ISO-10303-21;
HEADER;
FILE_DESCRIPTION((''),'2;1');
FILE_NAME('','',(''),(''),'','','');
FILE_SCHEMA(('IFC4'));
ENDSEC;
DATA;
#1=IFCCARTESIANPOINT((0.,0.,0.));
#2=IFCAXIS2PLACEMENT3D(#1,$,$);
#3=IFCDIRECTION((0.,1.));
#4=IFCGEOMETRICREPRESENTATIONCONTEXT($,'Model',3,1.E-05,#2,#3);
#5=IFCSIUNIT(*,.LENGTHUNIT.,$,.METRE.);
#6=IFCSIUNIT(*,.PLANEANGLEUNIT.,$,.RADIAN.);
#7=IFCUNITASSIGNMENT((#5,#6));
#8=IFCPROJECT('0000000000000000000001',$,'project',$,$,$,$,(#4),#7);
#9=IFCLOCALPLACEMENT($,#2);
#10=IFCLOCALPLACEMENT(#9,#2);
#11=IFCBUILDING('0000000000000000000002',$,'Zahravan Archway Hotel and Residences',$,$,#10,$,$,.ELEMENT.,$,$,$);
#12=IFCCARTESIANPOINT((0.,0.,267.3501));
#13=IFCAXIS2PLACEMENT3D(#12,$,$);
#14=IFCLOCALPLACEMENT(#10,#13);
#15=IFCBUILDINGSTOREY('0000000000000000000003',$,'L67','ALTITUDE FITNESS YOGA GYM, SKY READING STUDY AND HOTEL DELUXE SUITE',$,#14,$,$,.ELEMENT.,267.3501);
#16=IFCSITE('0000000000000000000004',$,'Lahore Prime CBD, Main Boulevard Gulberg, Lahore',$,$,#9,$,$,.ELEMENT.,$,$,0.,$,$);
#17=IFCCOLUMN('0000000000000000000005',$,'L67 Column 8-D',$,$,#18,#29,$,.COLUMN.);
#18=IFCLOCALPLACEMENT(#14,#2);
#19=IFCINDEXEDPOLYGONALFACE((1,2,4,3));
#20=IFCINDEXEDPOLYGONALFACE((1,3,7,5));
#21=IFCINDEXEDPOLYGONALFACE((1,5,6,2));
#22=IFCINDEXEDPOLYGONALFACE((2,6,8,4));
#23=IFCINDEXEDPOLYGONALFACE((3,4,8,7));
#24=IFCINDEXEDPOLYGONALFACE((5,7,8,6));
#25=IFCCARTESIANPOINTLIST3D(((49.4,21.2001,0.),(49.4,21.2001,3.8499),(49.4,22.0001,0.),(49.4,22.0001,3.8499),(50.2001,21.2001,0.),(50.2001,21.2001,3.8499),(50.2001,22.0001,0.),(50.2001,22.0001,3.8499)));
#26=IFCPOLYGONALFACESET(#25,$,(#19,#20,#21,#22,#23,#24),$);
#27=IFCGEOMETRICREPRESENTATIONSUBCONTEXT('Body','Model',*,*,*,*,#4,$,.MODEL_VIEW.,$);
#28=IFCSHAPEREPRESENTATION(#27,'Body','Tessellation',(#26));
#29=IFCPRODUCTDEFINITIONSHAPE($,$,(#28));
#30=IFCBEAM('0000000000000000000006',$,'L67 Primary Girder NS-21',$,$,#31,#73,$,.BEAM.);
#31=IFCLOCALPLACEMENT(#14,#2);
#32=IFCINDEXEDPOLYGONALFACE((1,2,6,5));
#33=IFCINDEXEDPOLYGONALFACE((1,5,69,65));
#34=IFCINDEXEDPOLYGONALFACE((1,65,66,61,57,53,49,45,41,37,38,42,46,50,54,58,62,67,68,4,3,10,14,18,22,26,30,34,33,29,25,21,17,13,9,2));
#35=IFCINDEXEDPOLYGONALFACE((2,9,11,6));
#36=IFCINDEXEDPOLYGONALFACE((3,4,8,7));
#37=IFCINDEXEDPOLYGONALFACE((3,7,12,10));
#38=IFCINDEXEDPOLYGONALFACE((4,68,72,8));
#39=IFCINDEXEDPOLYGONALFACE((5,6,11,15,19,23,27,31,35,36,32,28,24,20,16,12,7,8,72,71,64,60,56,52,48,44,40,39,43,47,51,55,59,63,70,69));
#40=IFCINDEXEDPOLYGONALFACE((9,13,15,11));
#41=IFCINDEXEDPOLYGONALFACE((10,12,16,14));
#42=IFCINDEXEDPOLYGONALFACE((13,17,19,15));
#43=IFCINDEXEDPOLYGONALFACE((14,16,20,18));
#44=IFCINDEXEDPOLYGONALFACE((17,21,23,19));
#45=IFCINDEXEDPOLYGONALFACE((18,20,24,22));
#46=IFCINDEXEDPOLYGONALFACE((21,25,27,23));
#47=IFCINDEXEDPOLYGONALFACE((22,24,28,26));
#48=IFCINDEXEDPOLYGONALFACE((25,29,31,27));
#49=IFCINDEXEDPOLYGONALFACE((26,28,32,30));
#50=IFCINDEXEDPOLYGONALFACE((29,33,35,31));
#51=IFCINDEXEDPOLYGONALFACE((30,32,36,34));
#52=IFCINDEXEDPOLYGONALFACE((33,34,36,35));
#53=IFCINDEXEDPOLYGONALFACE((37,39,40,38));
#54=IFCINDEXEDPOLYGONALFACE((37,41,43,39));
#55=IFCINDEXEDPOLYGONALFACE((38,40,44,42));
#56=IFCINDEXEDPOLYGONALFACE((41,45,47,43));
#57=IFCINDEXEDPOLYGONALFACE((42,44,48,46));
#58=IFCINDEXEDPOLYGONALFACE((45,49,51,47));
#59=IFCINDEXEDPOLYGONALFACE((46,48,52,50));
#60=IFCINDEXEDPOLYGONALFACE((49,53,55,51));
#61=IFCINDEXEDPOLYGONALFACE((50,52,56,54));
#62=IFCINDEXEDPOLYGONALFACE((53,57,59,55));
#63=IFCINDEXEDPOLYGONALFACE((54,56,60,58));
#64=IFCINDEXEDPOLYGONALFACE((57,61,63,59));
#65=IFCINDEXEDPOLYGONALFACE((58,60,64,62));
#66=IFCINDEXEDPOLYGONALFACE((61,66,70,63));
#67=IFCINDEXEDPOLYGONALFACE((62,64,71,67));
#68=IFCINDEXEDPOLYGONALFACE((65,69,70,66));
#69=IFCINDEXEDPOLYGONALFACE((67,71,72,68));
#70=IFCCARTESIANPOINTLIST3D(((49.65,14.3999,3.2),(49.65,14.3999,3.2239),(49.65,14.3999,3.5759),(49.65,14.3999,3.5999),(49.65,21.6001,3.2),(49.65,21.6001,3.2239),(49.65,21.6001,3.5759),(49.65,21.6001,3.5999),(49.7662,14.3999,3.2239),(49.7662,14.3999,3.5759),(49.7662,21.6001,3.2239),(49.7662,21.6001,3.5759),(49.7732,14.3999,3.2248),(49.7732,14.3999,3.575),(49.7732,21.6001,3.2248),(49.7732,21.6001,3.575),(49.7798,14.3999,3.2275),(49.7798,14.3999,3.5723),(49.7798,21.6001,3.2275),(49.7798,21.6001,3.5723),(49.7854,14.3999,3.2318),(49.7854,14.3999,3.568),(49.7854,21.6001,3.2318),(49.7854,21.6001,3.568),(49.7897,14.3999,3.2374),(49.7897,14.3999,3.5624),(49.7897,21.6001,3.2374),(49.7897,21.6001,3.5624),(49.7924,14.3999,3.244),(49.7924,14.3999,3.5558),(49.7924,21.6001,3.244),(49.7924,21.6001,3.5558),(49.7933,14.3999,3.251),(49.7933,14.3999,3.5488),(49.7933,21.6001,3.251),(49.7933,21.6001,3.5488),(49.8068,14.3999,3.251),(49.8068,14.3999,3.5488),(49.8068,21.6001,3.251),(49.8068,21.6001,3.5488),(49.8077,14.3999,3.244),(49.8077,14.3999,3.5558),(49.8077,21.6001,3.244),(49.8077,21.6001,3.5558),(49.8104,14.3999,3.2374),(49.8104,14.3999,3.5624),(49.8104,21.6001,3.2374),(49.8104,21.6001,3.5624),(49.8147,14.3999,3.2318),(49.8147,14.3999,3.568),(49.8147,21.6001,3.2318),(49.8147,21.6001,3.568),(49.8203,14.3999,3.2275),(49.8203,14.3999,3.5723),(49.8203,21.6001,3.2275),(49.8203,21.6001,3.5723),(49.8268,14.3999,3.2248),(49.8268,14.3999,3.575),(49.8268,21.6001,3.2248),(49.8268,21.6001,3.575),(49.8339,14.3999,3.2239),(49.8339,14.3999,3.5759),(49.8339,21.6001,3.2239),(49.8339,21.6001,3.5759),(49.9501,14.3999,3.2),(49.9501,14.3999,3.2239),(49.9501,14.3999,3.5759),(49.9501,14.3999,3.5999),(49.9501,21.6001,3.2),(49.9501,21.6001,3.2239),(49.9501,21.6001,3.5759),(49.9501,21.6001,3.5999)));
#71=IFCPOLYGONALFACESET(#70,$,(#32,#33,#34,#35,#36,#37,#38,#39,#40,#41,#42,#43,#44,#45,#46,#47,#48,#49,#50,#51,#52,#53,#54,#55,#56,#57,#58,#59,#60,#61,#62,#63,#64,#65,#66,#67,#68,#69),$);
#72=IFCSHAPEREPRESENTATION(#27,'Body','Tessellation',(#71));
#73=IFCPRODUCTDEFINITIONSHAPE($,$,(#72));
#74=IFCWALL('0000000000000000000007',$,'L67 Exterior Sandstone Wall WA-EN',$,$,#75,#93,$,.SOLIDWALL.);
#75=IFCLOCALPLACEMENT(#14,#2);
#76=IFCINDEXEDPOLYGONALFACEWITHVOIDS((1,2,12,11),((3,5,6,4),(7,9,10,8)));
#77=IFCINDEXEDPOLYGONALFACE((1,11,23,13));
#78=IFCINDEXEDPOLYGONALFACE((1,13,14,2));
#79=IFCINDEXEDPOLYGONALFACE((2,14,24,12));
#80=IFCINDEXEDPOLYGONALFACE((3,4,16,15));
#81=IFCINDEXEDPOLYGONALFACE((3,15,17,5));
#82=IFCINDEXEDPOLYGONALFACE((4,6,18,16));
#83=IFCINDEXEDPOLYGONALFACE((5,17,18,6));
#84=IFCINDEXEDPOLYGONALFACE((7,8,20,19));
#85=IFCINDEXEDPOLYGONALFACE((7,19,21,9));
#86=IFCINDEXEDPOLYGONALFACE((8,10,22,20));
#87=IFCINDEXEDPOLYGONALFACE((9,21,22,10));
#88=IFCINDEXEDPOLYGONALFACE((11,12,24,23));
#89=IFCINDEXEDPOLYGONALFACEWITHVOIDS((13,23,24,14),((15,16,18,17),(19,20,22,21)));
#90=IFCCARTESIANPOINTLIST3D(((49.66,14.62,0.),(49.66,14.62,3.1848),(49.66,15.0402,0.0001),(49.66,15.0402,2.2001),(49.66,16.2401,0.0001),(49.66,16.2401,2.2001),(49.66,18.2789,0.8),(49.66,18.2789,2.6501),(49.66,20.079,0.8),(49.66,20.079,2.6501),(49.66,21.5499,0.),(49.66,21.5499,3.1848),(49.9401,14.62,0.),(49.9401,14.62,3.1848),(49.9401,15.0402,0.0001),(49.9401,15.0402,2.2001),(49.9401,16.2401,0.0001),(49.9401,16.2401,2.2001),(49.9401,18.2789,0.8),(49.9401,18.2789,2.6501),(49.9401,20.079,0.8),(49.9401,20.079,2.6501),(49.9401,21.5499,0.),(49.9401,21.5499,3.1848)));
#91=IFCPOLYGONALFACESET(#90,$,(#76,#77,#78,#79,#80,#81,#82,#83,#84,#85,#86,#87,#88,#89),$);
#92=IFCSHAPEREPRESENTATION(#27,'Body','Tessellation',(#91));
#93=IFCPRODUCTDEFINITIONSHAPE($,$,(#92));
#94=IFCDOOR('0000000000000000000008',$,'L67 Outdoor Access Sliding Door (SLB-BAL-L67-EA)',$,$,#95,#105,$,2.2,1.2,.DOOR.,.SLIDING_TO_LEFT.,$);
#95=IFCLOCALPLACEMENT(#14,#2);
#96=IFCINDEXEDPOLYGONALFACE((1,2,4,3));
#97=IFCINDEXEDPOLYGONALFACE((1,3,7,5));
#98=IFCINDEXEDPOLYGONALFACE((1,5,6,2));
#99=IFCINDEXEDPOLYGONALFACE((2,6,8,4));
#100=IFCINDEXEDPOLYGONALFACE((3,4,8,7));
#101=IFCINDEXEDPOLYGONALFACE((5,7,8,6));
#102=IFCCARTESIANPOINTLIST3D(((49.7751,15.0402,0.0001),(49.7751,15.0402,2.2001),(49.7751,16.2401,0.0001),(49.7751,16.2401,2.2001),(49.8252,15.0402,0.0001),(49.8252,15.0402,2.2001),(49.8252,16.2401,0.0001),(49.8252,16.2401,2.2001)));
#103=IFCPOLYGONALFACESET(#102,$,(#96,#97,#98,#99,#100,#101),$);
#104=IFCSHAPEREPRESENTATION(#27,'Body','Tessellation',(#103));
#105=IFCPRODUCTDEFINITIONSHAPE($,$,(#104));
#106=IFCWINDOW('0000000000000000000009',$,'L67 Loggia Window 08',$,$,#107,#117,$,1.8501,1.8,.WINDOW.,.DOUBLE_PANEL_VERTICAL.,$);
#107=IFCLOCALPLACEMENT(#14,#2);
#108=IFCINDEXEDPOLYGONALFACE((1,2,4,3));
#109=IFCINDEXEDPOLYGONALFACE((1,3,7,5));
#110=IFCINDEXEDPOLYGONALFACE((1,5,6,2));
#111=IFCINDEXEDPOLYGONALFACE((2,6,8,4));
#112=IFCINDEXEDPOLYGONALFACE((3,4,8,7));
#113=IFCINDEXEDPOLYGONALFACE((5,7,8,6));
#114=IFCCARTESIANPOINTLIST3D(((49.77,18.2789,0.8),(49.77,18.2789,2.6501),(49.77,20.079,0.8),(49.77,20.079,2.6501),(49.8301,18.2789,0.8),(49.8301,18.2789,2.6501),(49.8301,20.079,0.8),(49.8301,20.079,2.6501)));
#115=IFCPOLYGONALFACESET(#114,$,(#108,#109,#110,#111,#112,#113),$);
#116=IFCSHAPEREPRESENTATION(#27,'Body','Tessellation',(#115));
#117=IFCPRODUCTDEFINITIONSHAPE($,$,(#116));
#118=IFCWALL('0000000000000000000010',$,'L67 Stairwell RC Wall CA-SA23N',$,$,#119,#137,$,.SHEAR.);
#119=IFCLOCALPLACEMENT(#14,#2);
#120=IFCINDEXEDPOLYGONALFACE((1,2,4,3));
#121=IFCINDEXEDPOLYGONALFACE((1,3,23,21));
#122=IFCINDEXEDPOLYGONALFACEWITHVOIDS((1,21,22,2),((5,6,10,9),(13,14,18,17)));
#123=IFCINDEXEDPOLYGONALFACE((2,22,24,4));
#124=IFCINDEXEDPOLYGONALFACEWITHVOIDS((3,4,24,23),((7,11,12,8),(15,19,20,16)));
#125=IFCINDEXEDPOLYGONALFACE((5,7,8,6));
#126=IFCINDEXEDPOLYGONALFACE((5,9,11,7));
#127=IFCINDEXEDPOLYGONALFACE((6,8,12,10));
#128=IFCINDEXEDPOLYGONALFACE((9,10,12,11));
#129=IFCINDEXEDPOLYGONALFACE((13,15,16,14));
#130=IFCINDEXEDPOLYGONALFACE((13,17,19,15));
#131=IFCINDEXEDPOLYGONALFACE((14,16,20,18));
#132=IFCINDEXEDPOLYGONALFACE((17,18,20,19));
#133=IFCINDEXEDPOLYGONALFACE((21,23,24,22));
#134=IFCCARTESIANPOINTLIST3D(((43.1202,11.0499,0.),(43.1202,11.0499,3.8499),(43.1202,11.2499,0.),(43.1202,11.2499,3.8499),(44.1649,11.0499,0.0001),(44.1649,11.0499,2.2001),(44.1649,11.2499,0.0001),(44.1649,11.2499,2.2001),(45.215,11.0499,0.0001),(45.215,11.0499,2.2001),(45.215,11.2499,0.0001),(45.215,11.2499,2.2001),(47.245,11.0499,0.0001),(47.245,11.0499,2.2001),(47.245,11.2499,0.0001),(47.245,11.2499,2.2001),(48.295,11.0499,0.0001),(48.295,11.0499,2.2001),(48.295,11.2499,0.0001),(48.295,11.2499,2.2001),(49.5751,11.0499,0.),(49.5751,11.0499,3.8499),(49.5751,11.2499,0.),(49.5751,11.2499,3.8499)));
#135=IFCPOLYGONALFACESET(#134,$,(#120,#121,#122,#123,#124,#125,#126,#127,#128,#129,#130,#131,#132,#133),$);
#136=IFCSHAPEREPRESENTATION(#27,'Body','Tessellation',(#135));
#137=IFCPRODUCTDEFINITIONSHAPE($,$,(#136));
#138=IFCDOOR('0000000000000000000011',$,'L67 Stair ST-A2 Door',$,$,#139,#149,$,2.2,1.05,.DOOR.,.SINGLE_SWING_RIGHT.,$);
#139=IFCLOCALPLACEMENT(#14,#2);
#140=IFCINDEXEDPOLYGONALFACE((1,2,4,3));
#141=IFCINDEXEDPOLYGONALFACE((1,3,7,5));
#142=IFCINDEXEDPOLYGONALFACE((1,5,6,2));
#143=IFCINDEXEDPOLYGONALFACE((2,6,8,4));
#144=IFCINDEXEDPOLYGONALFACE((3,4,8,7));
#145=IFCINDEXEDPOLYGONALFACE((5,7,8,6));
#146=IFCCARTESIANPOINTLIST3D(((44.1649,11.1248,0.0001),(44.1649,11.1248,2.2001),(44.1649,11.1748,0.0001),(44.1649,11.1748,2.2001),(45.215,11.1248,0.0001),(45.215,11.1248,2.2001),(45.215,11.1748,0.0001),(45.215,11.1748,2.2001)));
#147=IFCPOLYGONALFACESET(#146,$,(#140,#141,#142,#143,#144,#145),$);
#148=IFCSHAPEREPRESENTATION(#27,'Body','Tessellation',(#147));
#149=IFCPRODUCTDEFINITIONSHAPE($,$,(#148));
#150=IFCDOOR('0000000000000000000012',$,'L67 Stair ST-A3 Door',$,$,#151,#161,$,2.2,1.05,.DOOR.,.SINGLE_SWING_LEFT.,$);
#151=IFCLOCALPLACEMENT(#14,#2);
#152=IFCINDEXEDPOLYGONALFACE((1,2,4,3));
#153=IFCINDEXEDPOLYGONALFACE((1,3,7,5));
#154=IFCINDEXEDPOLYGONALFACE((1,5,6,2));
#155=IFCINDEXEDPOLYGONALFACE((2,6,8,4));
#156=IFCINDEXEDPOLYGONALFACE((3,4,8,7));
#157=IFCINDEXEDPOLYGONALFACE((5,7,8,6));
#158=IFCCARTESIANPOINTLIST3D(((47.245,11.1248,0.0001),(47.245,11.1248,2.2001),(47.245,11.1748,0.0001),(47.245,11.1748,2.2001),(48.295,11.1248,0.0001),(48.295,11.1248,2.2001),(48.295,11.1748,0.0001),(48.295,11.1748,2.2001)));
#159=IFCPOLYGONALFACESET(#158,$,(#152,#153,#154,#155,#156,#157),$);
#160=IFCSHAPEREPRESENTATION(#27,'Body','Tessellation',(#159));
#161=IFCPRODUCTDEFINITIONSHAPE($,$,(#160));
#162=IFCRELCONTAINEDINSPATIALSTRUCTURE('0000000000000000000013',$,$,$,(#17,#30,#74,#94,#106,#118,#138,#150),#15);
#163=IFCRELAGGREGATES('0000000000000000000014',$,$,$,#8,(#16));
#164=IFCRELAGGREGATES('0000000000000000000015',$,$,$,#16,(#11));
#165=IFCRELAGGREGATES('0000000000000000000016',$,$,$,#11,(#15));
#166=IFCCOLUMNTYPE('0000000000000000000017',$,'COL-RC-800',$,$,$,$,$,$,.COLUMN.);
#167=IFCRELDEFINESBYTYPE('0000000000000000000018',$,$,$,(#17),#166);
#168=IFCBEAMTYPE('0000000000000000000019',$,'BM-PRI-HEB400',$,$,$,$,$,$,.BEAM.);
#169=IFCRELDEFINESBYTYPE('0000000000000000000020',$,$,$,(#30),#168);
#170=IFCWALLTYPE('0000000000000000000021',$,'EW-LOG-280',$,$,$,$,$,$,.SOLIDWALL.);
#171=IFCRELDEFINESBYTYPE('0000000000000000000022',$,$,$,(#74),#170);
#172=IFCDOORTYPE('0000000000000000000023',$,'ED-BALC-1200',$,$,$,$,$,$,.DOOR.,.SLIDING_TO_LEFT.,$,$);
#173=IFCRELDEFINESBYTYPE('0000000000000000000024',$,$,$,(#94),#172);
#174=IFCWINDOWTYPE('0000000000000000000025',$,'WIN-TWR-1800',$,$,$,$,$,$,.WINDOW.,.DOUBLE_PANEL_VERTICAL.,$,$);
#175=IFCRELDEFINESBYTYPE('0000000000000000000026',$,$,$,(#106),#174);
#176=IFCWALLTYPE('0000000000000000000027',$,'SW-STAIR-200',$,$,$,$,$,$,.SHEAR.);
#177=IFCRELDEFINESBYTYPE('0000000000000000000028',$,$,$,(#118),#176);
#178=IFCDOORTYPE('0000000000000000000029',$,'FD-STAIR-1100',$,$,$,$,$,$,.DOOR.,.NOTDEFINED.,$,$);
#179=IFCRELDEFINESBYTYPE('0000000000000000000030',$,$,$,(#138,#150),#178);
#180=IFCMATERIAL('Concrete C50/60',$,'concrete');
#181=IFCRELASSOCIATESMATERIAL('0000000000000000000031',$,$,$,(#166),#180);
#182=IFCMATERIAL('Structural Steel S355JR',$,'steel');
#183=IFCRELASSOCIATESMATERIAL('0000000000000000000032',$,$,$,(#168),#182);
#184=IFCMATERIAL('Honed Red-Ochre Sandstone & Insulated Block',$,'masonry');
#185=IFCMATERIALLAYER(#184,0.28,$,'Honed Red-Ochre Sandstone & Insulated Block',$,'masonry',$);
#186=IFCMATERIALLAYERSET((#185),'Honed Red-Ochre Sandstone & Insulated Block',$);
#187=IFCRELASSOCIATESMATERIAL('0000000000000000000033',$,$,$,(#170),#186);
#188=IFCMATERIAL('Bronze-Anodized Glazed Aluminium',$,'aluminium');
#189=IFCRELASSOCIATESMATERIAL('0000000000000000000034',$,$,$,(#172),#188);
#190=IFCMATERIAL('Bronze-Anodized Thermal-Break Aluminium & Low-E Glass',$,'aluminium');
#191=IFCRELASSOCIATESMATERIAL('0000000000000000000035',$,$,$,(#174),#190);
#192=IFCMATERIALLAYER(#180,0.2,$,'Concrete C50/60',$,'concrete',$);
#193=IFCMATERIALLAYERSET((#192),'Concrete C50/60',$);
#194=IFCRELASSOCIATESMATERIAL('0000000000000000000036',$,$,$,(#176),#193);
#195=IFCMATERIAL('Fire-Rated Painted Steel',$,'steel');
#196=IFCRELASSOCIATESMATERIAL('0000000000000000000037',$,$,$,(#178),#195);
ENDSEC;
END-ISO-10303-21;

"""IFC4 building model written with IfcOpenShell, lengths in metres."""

from ifc_helpers import new_model, si_unit, direction, frame, frame_2d, origin, origin_2d, place, context, subcontext, project, spatial, rectangle, i_section, extrude, source, transform, mapped, material, layer, layer_set, material_profile, profile_set, type_object, type_shapes, element, fill, save


model = new_model("IFC4")

# Units and contexts
model_context = context("Model", 3, precision=1e-05, world=origin(), true_north=direction((0.0, 1.0)))
body_context = subcontext(model_context, "Body", "Model", "MODEL_VIEW")
ifc_project = project(units=[si_unit("LENGTHUNIT", "METRE"), si_unit("PLANEANGLEUNIT", "RADIAN")], contexts=[model_context])

# Site, building, storey
site_placement = place(None, origin())
site = spatial("IfcSite", under=ifc_project, at=site_placement, Name="Lahore Prime CBD, Main Boulevard Gulberg, Lahore", CompositionType="ELEMENT", RefElevation=0.0)
building_placement = place(site_placement, origin())
building = spatial("IfcBuilding", under=site, at=building_placement, Name="Zahravan Archway Hotel and Residences", CompositionType="ELEMENT")
storey_placement = place(building_placement, frame((0.0, 0.0, 267.3501)))
storey = spatial("IfcBuildingStorey", under=building, at=storey_placement, Name="L67", Description="ALTITUDE FITNESS YOGA GYM, SKY READING STUDY AND HOTEL DELUXE SUITE", CompositionType="ELEMENT", Elevation=267.3501)

# Column
ifc_material_1 = material(Name="Concrete C50/60", Category="concrete")
ifc_material_profile_1 = material_profile(ifc_material_1, rectangle(XDim=0.8, YDim=0.8, at=origin_2d()), Name="RC-COL-800x800", Category="concrete")
ifc_profile_set_1 = profile_set([ifc_material_profile_1], Name="Concrete C50/60")
column_type = type_object("IfcColumnType", Name="COL-RC-800", PredefinedType="COLUMN", material=ifc_profile_set_1)
shared_shape_1 = source(origin(), body_context, "Body", "SweptSolid", [
    extrude(rectangle(XDim=0.8, YDim=0.8, at=origin_2d()), origin(), (0.0, 0.0, 1.0), 3.8499),
])
column_placement = place(storey_placement, frame((49.8, 21.6001, 0.0), z_axis=(0.0, 0.0, 1.0), x_axis=(1.0, 0.0, 0.0)))
element("IfcColumn", 1, at=column_placement, inside=storey, type_object=column_type, Name="L67 Column 8-D", PredefinedType="COLUMN", context=body_context, shape_type="MappedRepresentation", body=[
    mapped(shared_shape_1, transform((0.0, 0.0, 0.0), scale=1.0)),
])

# Beam
ifc_material_2 = material(Name="Structural Steel S355JR", Category="steel")
ifc_material_profile_2 = material_profile(ifc_material_2, i_section(OverallWidth=0.3, OverallDepth=0.3999, WebThickness=0.0134, FlangeThickness=0.0239, FilletRadius=0.0271, at=origin_2d()), Name="HEB 400", Category="steel")
ifc_profile_set_2 = profile_set([ifc_material_profile_2], Name="Structural Steel S355JR")
beam_type = type_object("IfcBeamType", Name="BM-PRI-HEB400", PredefinedType="BEAM", material=ifc_profile_set_2)
shared_shape_2 = source(origin(), body_context, "Body", "SweptSolid", [
    extrude(i_section(OverallWidth=0.3, OverallDepth=0.3999, WebThickness=0.0134, FlangeThickness=0.0239, FilletRadius=0.0271, at=origin_2d()), origin(), (0.0, 0.0, 1.0), 7.2002),
])
beam_placement = place(storey_placement, frame((49.8, 14.3999, 3.3999), z_axis=(0.0, 1.0, 0.0), x_axis=(-1.0, 0.0, 0.0)))
element("IfcBeam", 2, at=beam_placement, inside=storey, type_object=beam_type, Name="L67 Primary Girder NS-21", PredefinedType="BEAM", context=body_context, shape_type="MappedRepresentation", body=[
    mapped(shared_shape_2, transform((0.0, 0.0, 0.0), scale=1.0)),
])

# Wall, openings, door, window
ifc_material_3 = material(Name="Honed Red-Ochre Sandstone & Insulated Block", Category="masonry")
ifc_layer_1 = layer(ifc_material_3, 0.28, Name="Honed Red-Ochre Sandstone & Insulated Block", Category="masonry")
ifc_layer_set_1 = layer_set([ifc_layer_1], Name="Honed Red-Ochre Sandstone & Insulated Block")
wall_type_1 = type_object("IfcWallType", Name="EW-LOG-280", PredefinedType="SOLIDWALL", material=ifc_layer_set_1)
wall_1_placement = place(storey_placement, frame((49.8, 14.6201, 0.0), z_axis=(0.0, 0.0, 1.0), x_axis=(0.0, 1.0, 0.0)))
wall_1 = element("IfcWall", 3, at=wall_1_placement, inside=storey, type_object=wall_type_1, Name="L67 Exterior Sandstone Wall WA-EN", PredefinedType="SOLIDWALL", context=body_context, shape_type="SweptSolid", body=[
    extrude(rectangle(XDim=6.9299, YDim=0.28, at=frame_2d((3.4648, 0.0))), origin(), (0.0, 0.0, 1.0), 3.1848),
])
opening_1_placement = place(wall_1_placement, frame((0.4199, 0.0, 0.0)))
opening_1 = element("IfcOpeningElement", 4, at=opening_1_placement, cuts=wall_1, PredefinedType="OPENING", context=body_context, shape_type="SweptSolid", body=[
    extrude(rectangle(XDim=1.2, YDim=2.2, at=frame_2d((0.6001, 1.1001))), frame((0.0, 0.1499, 0.0), z_axis=(0.0, -1.0, 0.0), x_axis=(1.0, 0.0, 0.0)), (0.0, 0.0, 1.0), 0.3),
])
opening_2_placement = place(wall_1_placement, frame((3.6589, 0.0, 0.8)))
opening_2 = element("IfcOpeningElement", 5, at=opening_2_placement, cuts=wall_1, PredefinedType="OPENING", context=body_context, shape_type="SweptSolid", body=[
    extrude(rectangle(XDim=1.8, YDim=1.8501, at=frame_2d((0.8999, 0.925))), frame((0.0, 0.1499, 0.0), z_axis=(0.0, -1.0, 0.0), x_axis=(1.0, 0.0, 0.0)), (0.0, 0.0, 1.0), 0.3),
])
ifc_material_4 = material(Name="Bronze-Anodized Glazed Aluminium", Category="aluminium")
door_type_1 = type_object("IfcDoorType", Name="ED-BALC-1200", OperationType="SLIDING_TO_LEFT", PredefinedType="DOOR", material=ifc_material_4)
shared_shape_3 = source(origin(), body_context, "Body", "SweptSolid", [
    extrude(rectangle(XDim=1.2, YDim=2.2, at=frame_2d((0.6001, 1.1001))), frame((0.0, 0.0249, 0.0), z_axis=(0.0, -1.0, 0.0), x_axis=(1.0, 0.0, 0.0)), (0.0, 0.0, 1.0), 0.05),
])
type_shapes(door_type_1, [shared_shape_3])
door_1_placement = place(opening_1_placement, origin())
door_1 = element("IfcDoor", 6, at=door_1_placement, inside=storey, type_object=door_type_1, Name="L67 Outdoor Access Sliding Door (SLB-BAL-L67-EA)", OperationType="SLIDING_TO_LEFT", OverallHeight=2.2, OverallWidth=1.2, PredefinedType="DOOR", context=body_context, shape_type="MappedRepresentation", body=[
    mapped(shared_shape_3, transform((0.0, 0.0, 0.0), scale=1.0)),
])
fill(opening_1, door_1)
ifc_material_5 = material(Name="Bronze-Anodized Thermal-Break Aluminium & Low-E Glass", Category="aluminium")
window_type = type_object("IfcWindowType", Name="WIN-TWR-1800", PartitioningType="DOUBLE_PANEL_VERTICAL", PredefinedType="WINDOW", material=ifc_material_5)
shared_shape_4 = source(origin(), body_context, "Body", "SweptSolid", [
    extrude(rectangle(XDim=1.8, YDim=1.8501, at=frame_2d((0.8999, 0.925))), frame((0.0, 0.03, 0.0), z_axis=(0.0, -1.0, 0.0), x_axis=(1.0, 0.0, 0.0)), (0.0, 0.0, 1.0), 0.0601),
])
type_shapes(window_type, [shared_shape_4])
window_placement = place(opening_2_placement, origin())
window = element("IfcWindow", 7, at=window_placement, inside=storey, type_object=window_type, Name="L67 Loggia Window 08", OverallHeight=1.8501, OverallWidth=1.8, PartitioningType="DOUBLE_PANEL_VERTICAL", PredefinedType="WINDOW", context=body_context, shape_type="MappedRepresentation", body=[
    mapped(shared_shape_4, transform((0.0, 0.0, 0.0), scale=1.0)),
])
fill(opening_2, window)

# Shared definitions
ifc_material_6 = material(Name="Fire-Rated Painted Steel", Category="steel")

# Wall, openings, doors
ifc_layer_2 = layer(ifc_material_1, 0.2, Name="Concrete C50/60", Category="concrete")
ifc_layer_set_2 = layer_set([ifc_layer_2], Name="Concrete C50/60")
wall_type_2 = type_object("IfcWallType", Name="SW-STAIR-200", PredefinedType="SHEAR", material=ifc_layer_set_2)
wall_2_placement = place(storey_placement, frame((43.1201, 11.1499, 0.0), z_axis=(0.0, 0.0, 1.0), x_axis=(1.0, 0.0, 0.0)))
wall_2 = element("IfcWall", 8, at=wall_2_placement, inside=storey, type_object=wall_type_2, Name="L67 Stairwell RC Wall CA-SA23N", PredefinedType="SHEAR", context=body_context, shape_type="SweptSolid", body=[
    extrude(rectangle(XDim=6.4548, YDim=0.2, at=frame_2d((3.2275, 0.0))), origin(), (0.0, 0.0, 1.0), 3.8499),
])
opening_3_placement = place(wall_2_placement, frame((1.0449, 0.0, 0.0)))
opening_3 = element("IfcOpeningElement", 9, at=opening_3_placement, cuts=wall_2, PredefinedType="OPENING", context=body_context, shape_type="SweptSolid", body=[
    extrude(rectangle(XDim=1.05, YDim=2.2, at=frame_2d((0.5249, 1.1001))), frame((0.0, 0.1099, 0.0), z_axis=(0.0, -1.0, 0.0), x_axis=(1.0, 0.0, 0.0)), (0.0, 0.0, 1.0), 0.22),
])
opening_4_placement = place(wall_2_placement, frame((4.125, 0.0, 0.0)))
opening_4 = element("IfcOpeningElement", 10, at=opening_4_placement, cuts=wall_2, PredefinedType="OPENING", context=body_context, shape_type="SweptSolid", body=[
    extrude(rectangle(XDim=1.05, YDim=2.2, at=frame_2d((0.5249, 1.1001))), frame((0.0, 0.1099, 0.0), z_axis=(0.0, -1.0, 0.0), x_axis=(1.0, 0.0, 0.0)), (0.0, 0.0, 1.0), 0.22),
])
door_type_2 = type_object("IfcDoorType", Name="FD-STAIR-1100", OperationType="NOTDEFINED", PredefinedType="DOOR", material=ifc_material_6)
shared_shape_5 = source(origin(), body_context, "Body", "SweptSolid", [
    extrude(rectangle(XDim=1.05, YDim=2.2, at=frame_2d((0.5249, 1.1001))), frame((0.0, 0.0249, 0.0), z_axis=(0.0, -1.0, 0.0), x_axis=(1.0, 0.0, 0.0)), (0.0, 0.0, 1.0), 0.05),
])
type_shapes(door_type_2, [shared_shape_5])
door_2_placement = place(opening_3_placement, origin())
door_2 = element("IfcDoor", 11, at=door_2_placement, inside=storey, type_object=door_type_2, Name="L67 Stair ST-A2 Door", OperationType="SINGLE_SWING_RIGHT", OverallHeight=2.2, OverallWidth=1.05, PredefinedType="DOOR", context=body_context, shape_type="MappedRepresentation", body=[
    mapped(shared_shape_5, transform((0.0, 0.0, 0.0), scale=1.0)),
])
fill(opening_3, door_2)
door_3_placement = place(opening_4_placement, origin())
door_3 = element("IfcDoor", 12, at=door_3_placement, inside=storey, type_object=door_type_2, Name="L67 Stair ST-A3 Door", OperationType="SINGLE_SWING_LEFT", OverallHeight=2.2, OverallWidth=1.05, PredefinedType="DOOR", context=body_context, shape_type="MappedRepresentation", body=[
    mapped(shared_shape_5, transform((0.0, 0.0, 0.0), scale=1.0)),
])
fill(opening_4, door_3)

save(model, "model.ifc")
